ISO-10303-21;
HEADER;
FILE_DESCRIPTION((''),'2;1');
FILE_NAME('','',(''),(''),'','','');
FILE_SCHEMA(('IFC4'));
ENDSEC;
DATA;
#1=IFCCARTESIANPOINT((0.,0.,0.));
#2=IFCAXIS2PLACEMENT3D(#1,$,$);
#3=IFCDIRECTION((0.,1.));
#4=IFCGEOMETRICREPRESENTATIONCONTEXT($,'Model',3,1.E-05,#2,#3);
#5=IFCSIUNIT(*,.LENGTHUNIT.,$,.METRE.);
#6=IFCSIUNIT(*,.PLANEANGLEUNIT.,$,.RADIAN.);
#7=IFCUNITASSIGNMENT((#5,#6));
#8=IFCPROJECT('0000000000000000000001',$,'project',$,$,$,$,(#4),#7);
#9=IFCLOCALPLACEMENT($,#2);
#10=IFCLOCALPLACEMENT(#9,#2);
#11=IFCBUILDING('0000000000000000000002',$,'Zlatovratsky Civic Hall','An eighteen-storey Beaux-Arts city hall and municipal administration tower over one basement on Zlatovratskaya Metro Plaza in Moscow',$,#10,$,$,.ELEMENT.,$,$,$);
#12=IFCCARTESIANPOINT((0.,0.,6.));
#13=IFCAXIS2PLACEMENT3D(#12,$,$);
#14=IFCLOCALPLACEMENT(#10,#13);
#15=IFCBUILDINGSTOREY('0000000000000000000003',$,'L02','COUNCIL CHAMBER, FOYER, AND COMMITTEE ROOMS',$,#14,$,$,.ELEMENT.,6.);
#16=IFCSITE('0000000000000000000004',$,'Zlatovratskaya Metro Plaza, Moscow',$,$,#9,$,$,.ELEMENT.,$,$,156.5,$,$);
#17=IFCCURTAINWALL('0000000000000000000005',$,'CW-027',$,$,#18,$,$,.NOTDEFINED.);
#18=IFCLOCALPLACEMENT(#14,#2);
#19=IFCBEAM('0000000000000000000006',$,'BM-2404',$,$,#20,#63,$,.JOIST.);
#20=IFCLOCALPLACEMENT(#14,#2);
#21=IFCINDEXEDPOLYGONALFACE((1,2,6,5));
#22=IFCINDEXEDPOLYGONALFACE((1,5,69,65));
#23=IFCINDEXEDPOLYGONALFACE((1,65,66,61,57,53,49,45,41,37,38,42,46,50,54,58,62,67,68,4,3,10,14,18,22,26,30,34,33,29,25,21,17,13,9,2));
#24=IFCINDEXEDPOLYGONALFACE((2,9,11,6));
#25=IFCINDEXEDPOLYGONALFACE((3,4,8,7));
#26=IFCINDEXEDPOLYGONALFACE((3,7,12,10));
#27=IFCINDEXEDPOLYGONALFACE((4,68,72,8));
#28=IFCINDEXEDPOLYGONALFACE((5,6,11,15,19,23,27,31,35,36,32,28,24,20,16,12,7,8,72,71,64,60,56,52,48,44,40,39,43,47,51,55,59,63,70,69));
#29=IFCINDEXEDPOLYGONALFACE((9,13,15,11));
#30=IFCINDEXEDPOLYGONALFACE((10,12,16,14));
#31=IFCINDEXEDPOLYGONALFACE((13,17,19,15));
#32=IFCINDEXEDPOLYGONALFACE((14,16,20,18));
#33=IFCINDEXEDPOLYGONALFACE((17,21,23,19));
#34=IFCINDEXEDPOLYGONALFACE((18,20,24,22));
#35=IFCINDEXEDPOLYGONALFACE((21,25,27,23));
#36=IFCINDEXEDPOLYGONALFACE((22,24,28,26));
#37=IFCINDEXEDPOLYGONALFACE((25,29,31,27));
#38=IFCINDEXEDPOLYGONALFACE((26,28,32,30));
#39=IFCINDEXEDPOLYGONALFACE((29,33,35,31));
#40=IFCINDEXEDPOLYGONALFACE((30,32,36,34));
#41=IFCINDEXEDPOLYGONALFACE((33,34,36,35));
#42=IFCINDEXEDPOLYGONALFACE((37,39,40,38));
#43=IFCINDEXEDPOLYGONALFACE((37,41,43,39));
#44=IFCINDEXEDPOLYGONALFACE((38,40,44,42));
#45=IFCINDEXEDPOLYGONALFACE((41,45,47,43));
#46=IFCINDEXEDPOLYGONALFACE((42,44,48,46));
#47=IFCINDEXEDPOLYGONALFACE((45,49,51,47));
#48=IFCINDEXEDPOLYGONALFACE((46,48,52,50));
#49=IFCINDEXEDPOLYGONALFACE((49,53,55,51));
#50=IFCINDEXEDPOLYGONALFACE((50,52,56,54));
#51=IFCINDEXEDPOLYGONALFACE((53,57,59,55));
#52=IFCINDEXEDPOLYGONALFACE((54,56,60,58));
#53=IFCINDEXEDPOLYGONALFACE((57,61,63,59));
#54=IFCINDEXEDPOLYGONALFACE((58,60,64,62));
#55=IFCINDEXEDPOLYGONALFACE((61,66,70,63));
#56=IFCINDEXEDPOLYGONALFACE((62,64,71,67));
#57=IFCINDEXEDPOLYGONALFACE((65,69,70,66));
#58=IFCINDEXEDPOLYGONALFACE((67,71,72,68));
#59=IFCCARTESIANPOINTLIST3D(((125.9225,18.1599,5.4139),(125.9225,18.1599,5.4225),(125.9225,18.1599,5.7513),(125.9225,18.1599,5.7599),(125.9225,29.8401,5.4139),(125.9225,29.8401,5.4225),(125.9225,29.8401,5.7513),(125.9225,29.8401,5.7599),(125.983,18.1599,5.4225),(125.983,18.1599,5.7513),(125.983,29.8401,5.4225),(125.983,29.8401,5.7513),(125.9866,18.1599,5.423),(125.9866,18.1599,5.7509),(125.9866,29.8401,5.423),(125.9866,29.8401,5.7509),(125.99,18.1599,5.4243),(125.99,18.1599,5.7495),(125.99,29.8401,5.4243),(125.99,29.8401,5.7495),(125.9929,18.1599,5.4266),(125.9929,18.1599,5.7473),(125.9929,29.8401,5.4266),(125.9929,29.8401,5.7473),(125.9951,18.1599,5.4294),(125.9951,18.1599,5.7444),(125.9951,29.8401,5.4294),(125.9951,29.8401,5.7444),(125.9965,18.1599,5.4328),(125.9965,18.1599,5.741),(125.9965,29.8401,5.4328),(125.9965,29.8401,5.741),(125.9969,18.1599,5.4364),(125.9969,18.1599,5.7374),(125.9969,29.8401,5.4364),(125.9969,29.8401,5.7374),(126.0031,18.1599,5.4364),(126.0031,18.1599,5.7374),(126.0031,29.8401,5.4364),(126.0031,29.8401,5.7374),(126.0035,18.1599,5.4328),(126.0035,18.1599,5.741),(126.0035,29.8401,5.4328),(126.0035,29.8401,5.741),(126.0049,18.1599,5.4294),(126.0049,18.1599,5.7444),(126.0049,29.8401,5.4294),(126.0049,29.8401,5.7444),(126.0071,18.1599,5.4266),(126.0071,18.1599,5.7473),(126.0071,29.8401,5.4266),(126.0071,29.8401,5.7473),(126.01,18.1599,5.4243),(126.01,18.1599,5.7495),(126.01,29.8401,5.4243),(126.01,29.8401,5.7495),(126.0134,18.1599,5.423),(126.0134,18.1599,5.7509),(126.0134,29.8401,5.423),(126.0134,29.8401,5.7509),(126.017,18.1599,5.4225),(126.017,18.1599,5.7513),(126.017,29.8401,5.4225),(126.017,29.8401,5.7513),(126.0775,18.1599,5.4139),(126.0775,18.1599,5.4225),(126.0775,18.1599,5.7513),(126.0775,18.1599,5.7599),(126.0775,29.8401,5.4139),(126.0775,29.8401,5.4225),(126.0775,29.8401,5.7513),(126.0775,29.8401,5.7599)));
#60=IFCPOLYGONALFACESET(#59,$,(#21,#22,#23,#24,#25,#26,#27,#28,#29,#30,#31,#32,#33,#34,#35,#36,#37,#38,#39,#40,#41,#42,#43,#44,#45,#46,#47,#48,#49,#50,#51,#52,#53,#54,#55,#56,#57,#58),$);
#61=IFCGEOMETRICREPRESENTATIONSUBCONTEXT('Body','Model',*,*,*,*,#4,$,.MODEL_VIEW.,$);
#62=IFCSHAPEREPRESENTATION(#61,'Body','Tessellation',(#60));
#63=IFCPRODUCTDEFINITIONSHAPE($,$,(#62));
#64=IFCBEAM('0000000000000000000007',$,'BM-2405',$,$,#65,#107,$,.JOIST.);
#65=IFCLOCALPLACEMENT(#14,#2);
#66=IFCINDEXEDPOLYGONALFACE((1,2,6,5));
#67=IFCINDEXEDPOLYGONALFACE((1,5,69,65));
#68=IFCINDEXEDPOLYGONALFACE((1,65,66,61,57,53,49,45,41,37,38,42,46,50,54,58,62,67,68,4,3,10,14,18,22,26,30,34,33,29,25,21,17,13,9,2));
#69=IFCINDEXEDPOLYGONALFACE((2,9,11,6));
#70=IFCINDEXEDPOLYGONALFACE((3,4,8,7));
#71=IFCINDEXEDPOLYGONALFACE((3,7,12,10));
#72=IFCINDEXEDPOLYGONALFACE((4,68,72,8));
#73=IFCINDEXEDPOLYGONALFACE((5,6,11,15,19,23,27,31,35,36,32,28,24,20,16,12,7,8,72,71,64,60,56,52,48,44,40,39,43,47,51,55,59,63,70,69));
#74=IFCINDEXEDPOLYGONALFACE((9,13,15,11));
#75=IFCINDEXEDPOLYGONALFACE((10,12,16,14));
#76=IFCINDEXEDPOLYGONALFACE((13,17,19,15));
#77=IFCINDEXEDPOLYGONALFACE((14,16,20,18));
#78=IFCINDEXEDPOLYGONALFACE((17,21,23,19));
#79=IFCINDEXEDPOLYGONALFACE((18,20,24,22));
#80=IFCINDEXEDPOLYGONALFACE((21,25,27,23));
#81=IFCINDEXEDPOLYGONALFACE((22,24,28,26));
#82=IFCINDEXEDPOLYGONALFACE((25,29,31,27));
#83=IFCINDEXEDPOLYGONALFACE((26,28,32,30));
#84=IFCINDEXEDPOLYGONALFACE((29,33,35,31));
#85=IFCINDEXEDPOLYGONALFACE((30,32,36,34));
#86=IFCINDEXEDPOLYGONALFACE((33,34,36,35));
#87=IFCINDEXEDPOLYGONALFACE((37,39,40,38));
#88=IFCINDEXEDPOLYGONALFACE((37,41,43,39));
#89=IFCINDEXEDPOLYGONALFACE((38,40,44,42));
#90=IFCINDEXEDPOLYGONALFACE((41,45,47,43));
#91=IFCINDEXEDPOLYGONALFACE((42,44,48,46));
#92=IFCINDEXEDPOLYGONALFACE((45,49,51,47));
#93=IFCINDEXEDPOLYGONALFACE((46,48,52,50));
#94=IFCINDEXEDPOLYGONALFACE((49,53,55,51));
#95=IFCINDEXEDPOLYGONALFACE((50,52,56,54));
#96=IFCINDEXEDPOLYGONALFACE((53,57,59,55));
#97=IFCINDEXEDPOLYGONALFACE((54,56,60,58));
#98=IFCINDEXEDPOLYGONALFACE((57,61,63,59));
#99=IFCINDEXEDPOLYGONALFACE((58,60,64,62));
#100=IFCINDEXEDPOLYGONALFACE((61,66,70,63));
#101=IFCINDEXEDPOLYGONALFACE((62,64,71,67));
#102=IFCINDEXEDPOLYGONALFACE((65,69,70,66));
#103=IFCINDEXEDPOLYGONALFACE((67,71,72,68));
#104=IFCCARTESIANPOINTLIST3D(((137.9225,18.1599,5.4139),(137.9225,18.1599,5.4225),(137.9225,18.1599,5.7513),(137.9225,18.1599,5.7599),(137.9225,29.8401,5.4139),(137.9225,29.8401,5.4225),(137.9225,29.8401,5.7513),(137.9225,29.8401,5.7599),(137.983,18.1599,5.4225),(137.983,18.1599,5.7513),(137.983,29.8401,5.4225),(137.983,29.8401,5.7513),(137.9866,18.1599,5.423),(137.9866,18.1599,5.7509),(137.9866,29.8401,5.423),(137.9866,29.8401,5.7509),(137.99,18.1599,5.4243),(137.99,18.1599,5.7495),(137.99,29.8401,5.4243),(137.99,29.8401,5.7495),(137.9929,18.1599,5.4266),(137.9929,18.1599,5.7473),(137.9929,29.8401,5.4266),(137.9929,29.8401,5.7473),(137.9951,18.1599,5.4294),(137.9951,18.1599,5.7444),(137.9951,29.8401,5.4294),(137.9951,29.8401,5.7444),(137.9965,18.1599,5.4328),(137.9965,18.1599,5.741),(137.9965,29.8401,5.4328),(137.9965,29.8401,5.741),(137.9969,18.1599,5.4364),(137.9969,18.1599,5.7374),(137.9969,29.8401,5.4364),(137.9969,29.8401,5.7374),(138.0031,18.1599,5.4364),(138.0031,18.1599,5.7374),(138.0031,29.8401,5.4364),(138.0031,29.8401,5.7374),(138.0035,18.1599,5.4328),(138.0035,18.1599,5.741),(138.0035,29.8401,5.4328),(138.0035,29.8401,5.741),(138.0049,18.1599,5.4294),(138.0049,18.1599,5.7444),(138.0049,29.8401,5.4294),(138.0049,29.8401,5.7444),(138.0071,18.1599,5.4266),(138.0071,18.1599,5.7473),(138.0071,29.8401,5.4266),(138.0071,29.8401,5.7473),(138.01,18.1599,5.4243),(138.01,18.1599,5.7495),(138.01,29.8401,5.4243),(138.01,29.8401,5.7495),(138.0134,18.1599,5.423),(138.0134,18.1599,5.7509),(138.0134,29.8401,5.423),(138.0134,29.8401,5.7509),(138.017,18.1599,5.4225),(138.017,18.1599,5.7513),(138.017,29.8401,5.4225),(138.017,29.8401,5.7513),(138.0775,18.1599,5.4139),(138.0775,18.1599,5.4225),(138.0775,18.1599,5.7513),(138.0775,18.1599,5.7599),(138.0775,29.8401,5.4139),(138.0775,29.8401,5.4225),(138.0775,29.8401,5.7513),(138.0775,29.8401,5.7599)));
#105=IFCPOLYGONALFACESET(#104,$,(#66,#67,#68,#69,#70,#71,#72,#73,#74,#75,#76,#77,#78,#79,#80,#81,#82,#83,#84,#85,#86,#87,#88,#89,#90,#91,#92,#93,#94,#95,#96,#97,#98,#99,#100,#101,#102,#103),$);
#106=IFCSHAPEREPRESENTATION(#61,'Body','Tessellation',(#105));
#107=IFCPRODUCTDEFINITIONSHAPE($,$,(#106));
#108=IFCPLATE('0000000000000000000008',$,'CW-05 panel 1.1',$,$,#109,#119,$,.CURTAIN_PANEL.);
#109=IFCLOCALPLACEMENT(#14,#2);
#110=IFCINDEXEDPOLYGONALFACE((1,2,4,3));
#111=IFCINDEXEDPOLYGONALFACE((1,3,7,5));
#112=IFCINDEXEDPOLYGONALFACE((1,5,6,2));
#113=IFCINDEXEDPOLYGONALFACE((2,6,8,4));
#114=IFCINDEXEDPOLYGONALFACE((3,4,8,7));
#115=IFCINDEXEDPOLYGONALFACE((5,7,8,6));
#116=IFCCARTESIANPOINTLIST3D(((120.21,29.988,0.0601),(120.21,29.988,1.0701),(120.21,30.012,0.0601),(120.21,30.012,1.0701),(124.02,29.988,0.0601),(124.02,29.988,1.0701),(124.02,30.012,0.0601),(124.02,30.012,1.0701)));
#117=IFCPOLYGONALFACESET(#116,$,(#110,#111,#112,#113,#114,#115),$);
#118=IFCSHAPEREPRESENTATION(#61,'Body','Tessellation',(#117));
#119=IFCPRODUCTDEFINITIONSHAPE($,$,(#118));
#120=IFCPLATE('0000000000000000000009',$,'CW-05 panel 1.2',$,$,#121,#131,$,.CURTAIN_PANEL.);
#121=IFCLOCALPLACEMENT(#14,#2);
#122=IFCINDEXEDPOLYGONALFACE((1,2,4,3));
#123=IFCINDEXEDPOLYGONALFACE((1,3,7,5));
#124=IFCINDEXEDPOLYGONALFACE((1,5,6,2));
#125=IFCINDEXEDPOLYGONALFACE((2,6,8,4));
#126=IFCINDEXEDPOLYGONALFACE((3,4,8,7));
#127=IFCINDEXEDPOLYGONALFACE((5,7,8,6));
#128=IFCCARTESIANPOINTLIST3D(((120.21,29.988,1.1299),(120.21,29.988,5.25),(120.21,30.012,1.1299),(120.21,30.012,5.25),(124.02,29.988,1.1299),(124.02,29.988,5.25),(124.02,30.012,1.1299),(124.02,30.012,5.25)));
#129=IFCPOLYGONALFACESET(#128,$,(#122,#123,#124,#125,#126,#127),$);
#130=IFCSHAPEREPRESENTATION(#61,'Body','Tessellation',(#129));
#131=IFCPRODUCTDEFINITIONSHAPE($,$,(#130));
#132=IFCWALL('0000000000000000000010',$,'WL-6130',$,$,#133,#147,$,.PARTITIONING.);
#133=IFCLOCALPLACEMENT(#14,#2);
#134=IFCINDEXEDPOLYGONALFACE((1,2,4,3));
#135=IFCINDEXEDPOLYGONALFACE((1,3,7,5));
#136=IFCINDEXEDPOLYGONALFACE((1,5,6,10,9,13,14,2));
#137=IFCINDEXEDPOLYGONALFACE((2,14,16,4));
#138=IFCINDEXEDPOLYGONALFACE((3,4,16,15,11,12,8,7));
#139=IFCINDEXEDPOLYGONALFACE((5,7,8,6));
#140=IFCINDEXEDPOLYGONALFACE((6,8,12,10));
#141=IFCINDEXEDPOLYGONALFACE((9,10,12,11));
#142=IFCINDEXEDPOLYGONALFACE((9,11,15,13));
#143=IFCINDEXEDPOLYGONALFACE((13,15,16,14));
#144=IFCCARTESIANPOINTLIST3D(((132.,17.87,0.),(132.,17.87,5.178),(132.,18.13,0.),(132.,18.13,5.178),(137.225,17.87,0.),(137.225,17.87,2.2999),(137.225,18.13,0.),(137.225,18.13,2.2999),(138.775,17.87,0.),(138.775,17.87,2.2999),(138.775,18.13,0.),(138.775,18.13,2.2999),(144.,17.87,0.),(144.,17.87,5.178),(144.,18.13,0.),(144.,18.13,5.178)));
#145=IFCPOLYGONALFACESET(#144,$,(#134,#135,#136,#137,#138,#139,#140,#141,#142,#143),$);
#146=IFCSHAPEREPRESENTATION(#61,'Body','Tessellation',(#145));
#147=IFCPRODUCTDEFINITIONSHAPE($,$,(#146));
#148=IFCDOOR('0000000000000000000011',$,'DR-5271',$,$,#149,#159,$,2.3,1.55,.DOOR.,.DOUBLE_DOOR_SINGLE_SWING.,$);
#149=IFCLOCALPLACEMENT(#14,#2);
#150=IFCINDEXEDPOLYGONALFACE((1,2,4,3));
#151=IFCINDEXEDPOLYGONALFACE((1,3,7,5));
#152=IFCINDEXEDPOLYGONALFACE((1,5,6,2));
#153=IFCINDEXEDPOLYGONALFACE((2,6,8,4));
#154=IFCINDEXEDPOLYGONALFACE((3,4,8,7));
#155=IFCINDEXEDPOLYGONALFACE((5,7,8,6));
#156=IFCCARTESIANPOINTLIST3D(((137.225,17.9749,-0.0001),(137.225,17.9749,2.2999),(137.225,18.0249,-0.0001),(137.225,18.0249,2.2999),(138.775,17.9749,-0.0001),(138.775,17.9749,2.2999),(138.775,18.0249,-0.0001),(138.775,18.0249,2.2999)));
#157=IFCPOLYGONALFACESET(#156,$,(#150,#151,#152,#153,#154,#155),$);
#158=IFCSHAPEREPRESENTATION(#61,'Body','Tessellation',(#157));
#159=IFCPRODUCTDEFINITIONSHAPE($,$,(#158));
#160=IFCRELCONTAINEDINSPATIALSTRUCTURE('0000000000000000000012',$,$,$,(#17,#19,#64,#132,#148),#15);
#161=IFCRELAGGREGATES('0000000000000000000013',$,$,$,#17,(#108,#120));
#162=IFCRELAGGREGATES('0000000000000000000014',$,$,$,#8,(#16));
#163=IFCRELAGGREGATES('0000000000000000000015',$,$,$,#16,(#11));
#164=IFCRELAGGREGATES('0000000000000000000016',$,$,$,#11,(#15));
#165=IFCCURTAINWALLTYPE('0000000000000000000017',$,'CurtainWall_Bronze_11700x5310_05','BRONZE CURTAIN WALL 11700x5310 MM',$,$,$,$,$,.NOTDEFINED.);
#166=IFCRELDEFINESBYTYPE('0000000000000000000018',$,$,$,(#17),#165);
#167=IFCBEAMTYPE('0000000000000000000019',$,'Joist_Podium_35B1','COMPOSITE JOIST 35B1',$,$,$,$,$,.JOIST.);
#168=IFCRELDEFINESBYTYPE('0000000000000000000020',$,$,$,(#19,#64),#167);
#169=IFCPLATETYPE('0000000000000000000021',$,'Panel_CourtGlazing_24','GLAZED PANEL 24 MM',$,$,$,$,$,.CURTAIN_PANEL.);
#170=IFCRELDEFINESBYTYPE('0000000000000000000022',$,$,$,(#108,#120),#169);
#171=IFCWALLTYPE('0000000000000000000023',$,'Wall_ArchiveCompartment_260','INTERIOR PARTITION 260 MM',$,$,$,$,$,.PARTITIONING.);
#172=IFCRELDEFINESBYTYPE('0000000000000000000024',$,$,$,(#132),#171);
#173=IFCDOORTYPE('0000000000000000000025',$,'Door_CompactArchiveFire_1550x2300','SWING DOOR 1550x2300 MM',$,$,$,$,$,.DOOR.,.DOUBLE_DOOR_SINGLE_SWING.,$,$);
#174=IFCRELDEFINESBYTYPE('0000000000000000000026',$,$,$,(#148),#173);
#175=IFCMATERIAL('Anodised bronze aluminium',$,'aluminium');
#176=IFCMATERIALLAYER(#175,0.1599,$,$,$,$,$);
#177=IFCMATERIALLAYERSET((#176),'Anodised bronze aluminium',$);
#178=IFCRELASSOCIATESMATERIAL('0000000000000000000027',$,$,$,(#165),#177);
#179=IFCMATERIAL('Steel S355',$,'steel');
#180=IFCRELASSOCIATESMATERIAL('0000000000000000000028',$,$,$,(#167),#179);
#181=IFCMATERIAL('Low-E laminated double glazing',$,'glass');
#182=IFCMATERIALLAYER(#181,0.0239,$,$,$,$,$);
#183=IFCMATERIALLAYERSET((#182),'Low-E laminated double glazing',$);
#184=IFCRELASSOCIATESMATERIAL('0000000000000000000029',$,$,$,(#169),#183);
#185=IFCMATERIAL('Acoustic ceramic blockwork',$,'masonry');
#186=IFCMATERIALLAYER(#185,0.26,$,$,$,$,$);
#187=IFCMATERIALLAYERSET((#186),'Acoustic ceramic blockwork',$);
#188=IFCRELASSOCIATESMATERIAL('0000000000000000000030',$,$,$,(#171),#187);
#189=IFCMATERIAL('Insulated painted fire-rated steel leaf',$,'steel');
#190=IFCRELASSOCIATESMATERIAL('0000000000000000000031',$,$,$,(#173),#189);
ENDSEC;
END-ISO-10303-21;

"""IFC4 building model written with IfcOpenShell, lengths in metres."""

from ifc_helpers import new_model, si_unit, direction, frame, frame_2d, origin, origin_2d, place, context, subcontext, project, spatial, rectangle, i_section, extrude, material, layer, layer_set, material_profile, profile_set, type_object, element, fill, aggregate, save


model = new_model("IFC4")

# Units and contexts
model_context = context("Model", 3, precision=1e-05, world=origin(), true_north=direction((0.0, 1.0)))
body_context = subcontext(model_context, "Body", "Model", "MODEL_VIEW")
ifc_project = project(units=[si_unit("LENGTHUNIT", "METRE"), si_unit("PLANEANGLEUNIT", "RADIAN")], contexts=[model_context])

# Site, building, storey
site_placement = place(None, origin())
site = spatial("IfcSite", under=ifc_project, at=site_placement, Name="Zlatovratskaya Metro Plaza, Moscow", CompositionType="ELEMENT", RefElevation=156.5)
building_placement = place(site_placement, origin())
building = spatial("IfcBuilding", under=site, at=building_placement, Name="Zlatovratsky Civic Hall", Description="An eighteen-storey Beaux-Arts city hall and municipal administration tower over one basement on Zlatovratskaya Metro Plaza in Moscow", CompositionType="ELEMENT")
storey_placement = place(building_placement, frame((0.0, 0.0, 6.0)))
storey = spatial("IfcBuildingStorey", under=building, at=storey_placement, Name="L02", Description="COUNCIL CHAMBER, FOYER, AND COMMITTEE ROOMS", CompositionType="ELEMENT", Elevation=6.0)

# Shared definitions
ifc_material_1 = material(Name="Steel S355", Category="steel")

# Curtain wall
ifc_material_2 = material(Name="Anodised bronze aluminium", Category="aluminium")
ifc_layer_1 = layer(ifc_material_2, 0.1599)
ifc_layer_set_1 = layer_set([ifc_layer_1], Name="Anodised bronze aluminium")
curtain_wall_type = type_object("IfcCurtainWallType", Name="CurtainWall_Bronze_11700x5310_05", Description="BRONZE CURTAIN WALL 11700x5310 MM", PredefinedType="NOTDEFINED", material=ifc_layer_set_1)
curtain_wall_placement = place(storey_placement, origin())
curtain_wall = element("IfcCurtainWall", 1, at=curtain_wall_placement, inside=storey, type_object=curtain_wall_type, Name="CW-027", PredefinedType="NOTDEFINED")

# Beams
ifc_material_profile_1 = material_profile(ifc_material_1, i_section(OverallWidth=0.155, OverallDepth=0.3459, WebThickness=0.0061, FlangeThickness=0.0085, FilletRadius=0.0139, at=origin_2d()), Name="35B1")
ifc_profile_set_1 = profile_set([ifc_material_profile_1], Name="Steel S355")
beam_type_1 = type_object("IfcBeamType", Name="Joist_Podium_35B1", Description="COMPOSITE JOIST 35B1", PredefinedType="JOIST", material=ifc_profile_set_1)
for number, where, z_axis, x_axis, name in (
    (2, (126.0, 18.1599, 5.5869), (0.0, 1.0, 0.0), (-1.0, 0.0, 0.0), "BM-2404"),
    (3, (138.0, 18.1599, 5.5869), (0.0, 1.0, 0.0), (-1.0, 0.0, 0.0), "BM-2405"),
):
    element("IfcBeam", number, at=place(storey_placement, frame(where, z_axis=z_axis, x_axis=x_axis)), inside=storey, type_object=beam_type_1, Name=name, PredefinedType="JOIST", context=body_context, shape_type="SweptSolid", body=[
        extrude(i_section(OverallWidth=0.155, OverallDepth=0.3459, WebThickness=0.0061, FlangeThickness=0.0085, FilletRadius=0.0139, at=origin_2d()), origin(), (0.0, 0.0, 1.0), 11.6802),
    ])

# Plates
ifc_material_3 = material(Name="Low-E laminated double glazing", Category="glass")
ifc_layer_2 = layer(ifc_material_3, 0.0239)
ifc_layer_set_2 = layer_set([ifc_layer_2], Name="Low-E laminated double glazing")
plate_type = type_object("IfcPlateType", Name="Panel_CourtGlazing_24", Description="GLAZED PANEL 24 MM", PredefinedType="CURTAIN_PANEL", material=ifc_layer_set_2)
plate_1_placement = place(storey_placement, frame((122.115, 30.0, 0.0601), z_axis=(0.0, 0.0, 1.0), x_axis=(1.0, 0.0, 0.0)))
plate_1 = element("IfcPlate", 4, at=plate_1_placement, type_object=plate_type, Name="CW-05 panel 1.1", PredefinedType="CURTAIN_PANEL", context=body_context, shape_type="SweptSolid", body=[
    extrude(rectangle(XDim=3.8101, YDim=0.0239, at=origin_2d()), origin(), (0.0, 0.0, 1.0), 1.01),
])
plate_2_placement = place(storey_placement, frame((122.115, 30.0, 1.1299), z_axis=(0.0, 0.0, 1.0), x_axis=(1.0, 0.0, 0.0)))
plate_2 = element("IfcPlate", 5, at=plate_2_placement, type_object=plate_type, Name="CW-05 panel 1.2", PredefinedType="CURTAIN_PANEL", context=body_context, shape_type="SweptSolid", body=[
    extrude(rectangle(XDim=3.8101, YDim=0.0239, at=origin_2d()), origin(), (0.0, 0.0, 1.0), 4.1201),
])
aggregate(curtain_wall, [plate_1, plate_2])

# Wall, opening, door
ifc_material_4 = material(Name="Acoustic ceramic blockwork", Category="masonry")
ifc_layer_3 = layer(ifc_material_4, 0.26)
ifc_layer_set_3 = layer_set([ifc_layer_3], Name="Acoustic ceramic blockwork")
wall_type = type_object("IfcWallType", Name="Wall_ArchiveCompartment_260", Description="INTERIOR PARTITION 260 MM", PredefinedType="PARTITIONING", material=ifc_layer_set_3)
wall_placement = place(storey_placement, frame((132.0, 18.0, 0.0), z_axis=(0.0, 0.0, 1.0), x_axis=(1.0, 0.0, 0.0)))
wall = element("IfcWall", 6, at=wall_placement, inside=storey, type_object=wall_type, Name="WL-6130", PredefinedType="PARTITIONING", context=body_context, shape_type="SweptSolid", body=[
    extrude(rectangle(XDim=12.0, YDim=0.26, at=frame_2d((6.0, 0.0))), origin(), (0.0, 0.0, 1.0), 5.178),
])
opening_placement = place(wall_placement, frame((5.2251, 0.0, 0.0)))
opening = element("IfcOpeningElement", 7, at=opening_placement, cuts=wall, PredefinedType="OPENING", context=body_context, shape_type="SweptSolid", body=[
    extrude(rectangle(XDim=1.55, YDim=2.3, at=frame_2d((0.7749, 1.1499))), frame((0.0, 0.145, 0.0), z_axis=(0.0, -1.0, 0.0), x_axis=(1.0, 0.0, 0.0)), (0.0, 0.0, 1.0), 0.2898),
])
ifc_material_5 = material(Name="Insulated painted fire-rated steel leaf", Category="steel")
door_type = type_object("IfcDoorType", Name="Door_CompactArchiveFire_1550x2300", Description="SWING DOOR 1550x2300 MM", OperationType="DOUBLE_DOOR_SINGLE_SWING", PredefinedType="DOOR", material=ifc_material_5)
door_placement = place(opening_placement, origin())
door = element("IfcDoor", 8, at=door_placement, inside=storey, type_object=door_type, Name="DR-5271", OperationType="DOUBLE_DOOR_SINGLE_SWING", OverallHeight=2.3, OverallWidth=1.55, PredefinedType="DOOR", context=body_context, shape_type="SweptSolid", body=[
    extrude(rectangle(XDim=1.55, YDim=2.3, at=frame_2d((0.7749, 1.1499))), frame((0.0, 0.0249, 0.0), z_axis=(0.0, -1.0, 0.0), x_axis=(1.0, 0.0, 0.0)), (0.0, 0.0, 1.0), 0.05),
])
fill(opening, door)

save(model, "model.ifc")
